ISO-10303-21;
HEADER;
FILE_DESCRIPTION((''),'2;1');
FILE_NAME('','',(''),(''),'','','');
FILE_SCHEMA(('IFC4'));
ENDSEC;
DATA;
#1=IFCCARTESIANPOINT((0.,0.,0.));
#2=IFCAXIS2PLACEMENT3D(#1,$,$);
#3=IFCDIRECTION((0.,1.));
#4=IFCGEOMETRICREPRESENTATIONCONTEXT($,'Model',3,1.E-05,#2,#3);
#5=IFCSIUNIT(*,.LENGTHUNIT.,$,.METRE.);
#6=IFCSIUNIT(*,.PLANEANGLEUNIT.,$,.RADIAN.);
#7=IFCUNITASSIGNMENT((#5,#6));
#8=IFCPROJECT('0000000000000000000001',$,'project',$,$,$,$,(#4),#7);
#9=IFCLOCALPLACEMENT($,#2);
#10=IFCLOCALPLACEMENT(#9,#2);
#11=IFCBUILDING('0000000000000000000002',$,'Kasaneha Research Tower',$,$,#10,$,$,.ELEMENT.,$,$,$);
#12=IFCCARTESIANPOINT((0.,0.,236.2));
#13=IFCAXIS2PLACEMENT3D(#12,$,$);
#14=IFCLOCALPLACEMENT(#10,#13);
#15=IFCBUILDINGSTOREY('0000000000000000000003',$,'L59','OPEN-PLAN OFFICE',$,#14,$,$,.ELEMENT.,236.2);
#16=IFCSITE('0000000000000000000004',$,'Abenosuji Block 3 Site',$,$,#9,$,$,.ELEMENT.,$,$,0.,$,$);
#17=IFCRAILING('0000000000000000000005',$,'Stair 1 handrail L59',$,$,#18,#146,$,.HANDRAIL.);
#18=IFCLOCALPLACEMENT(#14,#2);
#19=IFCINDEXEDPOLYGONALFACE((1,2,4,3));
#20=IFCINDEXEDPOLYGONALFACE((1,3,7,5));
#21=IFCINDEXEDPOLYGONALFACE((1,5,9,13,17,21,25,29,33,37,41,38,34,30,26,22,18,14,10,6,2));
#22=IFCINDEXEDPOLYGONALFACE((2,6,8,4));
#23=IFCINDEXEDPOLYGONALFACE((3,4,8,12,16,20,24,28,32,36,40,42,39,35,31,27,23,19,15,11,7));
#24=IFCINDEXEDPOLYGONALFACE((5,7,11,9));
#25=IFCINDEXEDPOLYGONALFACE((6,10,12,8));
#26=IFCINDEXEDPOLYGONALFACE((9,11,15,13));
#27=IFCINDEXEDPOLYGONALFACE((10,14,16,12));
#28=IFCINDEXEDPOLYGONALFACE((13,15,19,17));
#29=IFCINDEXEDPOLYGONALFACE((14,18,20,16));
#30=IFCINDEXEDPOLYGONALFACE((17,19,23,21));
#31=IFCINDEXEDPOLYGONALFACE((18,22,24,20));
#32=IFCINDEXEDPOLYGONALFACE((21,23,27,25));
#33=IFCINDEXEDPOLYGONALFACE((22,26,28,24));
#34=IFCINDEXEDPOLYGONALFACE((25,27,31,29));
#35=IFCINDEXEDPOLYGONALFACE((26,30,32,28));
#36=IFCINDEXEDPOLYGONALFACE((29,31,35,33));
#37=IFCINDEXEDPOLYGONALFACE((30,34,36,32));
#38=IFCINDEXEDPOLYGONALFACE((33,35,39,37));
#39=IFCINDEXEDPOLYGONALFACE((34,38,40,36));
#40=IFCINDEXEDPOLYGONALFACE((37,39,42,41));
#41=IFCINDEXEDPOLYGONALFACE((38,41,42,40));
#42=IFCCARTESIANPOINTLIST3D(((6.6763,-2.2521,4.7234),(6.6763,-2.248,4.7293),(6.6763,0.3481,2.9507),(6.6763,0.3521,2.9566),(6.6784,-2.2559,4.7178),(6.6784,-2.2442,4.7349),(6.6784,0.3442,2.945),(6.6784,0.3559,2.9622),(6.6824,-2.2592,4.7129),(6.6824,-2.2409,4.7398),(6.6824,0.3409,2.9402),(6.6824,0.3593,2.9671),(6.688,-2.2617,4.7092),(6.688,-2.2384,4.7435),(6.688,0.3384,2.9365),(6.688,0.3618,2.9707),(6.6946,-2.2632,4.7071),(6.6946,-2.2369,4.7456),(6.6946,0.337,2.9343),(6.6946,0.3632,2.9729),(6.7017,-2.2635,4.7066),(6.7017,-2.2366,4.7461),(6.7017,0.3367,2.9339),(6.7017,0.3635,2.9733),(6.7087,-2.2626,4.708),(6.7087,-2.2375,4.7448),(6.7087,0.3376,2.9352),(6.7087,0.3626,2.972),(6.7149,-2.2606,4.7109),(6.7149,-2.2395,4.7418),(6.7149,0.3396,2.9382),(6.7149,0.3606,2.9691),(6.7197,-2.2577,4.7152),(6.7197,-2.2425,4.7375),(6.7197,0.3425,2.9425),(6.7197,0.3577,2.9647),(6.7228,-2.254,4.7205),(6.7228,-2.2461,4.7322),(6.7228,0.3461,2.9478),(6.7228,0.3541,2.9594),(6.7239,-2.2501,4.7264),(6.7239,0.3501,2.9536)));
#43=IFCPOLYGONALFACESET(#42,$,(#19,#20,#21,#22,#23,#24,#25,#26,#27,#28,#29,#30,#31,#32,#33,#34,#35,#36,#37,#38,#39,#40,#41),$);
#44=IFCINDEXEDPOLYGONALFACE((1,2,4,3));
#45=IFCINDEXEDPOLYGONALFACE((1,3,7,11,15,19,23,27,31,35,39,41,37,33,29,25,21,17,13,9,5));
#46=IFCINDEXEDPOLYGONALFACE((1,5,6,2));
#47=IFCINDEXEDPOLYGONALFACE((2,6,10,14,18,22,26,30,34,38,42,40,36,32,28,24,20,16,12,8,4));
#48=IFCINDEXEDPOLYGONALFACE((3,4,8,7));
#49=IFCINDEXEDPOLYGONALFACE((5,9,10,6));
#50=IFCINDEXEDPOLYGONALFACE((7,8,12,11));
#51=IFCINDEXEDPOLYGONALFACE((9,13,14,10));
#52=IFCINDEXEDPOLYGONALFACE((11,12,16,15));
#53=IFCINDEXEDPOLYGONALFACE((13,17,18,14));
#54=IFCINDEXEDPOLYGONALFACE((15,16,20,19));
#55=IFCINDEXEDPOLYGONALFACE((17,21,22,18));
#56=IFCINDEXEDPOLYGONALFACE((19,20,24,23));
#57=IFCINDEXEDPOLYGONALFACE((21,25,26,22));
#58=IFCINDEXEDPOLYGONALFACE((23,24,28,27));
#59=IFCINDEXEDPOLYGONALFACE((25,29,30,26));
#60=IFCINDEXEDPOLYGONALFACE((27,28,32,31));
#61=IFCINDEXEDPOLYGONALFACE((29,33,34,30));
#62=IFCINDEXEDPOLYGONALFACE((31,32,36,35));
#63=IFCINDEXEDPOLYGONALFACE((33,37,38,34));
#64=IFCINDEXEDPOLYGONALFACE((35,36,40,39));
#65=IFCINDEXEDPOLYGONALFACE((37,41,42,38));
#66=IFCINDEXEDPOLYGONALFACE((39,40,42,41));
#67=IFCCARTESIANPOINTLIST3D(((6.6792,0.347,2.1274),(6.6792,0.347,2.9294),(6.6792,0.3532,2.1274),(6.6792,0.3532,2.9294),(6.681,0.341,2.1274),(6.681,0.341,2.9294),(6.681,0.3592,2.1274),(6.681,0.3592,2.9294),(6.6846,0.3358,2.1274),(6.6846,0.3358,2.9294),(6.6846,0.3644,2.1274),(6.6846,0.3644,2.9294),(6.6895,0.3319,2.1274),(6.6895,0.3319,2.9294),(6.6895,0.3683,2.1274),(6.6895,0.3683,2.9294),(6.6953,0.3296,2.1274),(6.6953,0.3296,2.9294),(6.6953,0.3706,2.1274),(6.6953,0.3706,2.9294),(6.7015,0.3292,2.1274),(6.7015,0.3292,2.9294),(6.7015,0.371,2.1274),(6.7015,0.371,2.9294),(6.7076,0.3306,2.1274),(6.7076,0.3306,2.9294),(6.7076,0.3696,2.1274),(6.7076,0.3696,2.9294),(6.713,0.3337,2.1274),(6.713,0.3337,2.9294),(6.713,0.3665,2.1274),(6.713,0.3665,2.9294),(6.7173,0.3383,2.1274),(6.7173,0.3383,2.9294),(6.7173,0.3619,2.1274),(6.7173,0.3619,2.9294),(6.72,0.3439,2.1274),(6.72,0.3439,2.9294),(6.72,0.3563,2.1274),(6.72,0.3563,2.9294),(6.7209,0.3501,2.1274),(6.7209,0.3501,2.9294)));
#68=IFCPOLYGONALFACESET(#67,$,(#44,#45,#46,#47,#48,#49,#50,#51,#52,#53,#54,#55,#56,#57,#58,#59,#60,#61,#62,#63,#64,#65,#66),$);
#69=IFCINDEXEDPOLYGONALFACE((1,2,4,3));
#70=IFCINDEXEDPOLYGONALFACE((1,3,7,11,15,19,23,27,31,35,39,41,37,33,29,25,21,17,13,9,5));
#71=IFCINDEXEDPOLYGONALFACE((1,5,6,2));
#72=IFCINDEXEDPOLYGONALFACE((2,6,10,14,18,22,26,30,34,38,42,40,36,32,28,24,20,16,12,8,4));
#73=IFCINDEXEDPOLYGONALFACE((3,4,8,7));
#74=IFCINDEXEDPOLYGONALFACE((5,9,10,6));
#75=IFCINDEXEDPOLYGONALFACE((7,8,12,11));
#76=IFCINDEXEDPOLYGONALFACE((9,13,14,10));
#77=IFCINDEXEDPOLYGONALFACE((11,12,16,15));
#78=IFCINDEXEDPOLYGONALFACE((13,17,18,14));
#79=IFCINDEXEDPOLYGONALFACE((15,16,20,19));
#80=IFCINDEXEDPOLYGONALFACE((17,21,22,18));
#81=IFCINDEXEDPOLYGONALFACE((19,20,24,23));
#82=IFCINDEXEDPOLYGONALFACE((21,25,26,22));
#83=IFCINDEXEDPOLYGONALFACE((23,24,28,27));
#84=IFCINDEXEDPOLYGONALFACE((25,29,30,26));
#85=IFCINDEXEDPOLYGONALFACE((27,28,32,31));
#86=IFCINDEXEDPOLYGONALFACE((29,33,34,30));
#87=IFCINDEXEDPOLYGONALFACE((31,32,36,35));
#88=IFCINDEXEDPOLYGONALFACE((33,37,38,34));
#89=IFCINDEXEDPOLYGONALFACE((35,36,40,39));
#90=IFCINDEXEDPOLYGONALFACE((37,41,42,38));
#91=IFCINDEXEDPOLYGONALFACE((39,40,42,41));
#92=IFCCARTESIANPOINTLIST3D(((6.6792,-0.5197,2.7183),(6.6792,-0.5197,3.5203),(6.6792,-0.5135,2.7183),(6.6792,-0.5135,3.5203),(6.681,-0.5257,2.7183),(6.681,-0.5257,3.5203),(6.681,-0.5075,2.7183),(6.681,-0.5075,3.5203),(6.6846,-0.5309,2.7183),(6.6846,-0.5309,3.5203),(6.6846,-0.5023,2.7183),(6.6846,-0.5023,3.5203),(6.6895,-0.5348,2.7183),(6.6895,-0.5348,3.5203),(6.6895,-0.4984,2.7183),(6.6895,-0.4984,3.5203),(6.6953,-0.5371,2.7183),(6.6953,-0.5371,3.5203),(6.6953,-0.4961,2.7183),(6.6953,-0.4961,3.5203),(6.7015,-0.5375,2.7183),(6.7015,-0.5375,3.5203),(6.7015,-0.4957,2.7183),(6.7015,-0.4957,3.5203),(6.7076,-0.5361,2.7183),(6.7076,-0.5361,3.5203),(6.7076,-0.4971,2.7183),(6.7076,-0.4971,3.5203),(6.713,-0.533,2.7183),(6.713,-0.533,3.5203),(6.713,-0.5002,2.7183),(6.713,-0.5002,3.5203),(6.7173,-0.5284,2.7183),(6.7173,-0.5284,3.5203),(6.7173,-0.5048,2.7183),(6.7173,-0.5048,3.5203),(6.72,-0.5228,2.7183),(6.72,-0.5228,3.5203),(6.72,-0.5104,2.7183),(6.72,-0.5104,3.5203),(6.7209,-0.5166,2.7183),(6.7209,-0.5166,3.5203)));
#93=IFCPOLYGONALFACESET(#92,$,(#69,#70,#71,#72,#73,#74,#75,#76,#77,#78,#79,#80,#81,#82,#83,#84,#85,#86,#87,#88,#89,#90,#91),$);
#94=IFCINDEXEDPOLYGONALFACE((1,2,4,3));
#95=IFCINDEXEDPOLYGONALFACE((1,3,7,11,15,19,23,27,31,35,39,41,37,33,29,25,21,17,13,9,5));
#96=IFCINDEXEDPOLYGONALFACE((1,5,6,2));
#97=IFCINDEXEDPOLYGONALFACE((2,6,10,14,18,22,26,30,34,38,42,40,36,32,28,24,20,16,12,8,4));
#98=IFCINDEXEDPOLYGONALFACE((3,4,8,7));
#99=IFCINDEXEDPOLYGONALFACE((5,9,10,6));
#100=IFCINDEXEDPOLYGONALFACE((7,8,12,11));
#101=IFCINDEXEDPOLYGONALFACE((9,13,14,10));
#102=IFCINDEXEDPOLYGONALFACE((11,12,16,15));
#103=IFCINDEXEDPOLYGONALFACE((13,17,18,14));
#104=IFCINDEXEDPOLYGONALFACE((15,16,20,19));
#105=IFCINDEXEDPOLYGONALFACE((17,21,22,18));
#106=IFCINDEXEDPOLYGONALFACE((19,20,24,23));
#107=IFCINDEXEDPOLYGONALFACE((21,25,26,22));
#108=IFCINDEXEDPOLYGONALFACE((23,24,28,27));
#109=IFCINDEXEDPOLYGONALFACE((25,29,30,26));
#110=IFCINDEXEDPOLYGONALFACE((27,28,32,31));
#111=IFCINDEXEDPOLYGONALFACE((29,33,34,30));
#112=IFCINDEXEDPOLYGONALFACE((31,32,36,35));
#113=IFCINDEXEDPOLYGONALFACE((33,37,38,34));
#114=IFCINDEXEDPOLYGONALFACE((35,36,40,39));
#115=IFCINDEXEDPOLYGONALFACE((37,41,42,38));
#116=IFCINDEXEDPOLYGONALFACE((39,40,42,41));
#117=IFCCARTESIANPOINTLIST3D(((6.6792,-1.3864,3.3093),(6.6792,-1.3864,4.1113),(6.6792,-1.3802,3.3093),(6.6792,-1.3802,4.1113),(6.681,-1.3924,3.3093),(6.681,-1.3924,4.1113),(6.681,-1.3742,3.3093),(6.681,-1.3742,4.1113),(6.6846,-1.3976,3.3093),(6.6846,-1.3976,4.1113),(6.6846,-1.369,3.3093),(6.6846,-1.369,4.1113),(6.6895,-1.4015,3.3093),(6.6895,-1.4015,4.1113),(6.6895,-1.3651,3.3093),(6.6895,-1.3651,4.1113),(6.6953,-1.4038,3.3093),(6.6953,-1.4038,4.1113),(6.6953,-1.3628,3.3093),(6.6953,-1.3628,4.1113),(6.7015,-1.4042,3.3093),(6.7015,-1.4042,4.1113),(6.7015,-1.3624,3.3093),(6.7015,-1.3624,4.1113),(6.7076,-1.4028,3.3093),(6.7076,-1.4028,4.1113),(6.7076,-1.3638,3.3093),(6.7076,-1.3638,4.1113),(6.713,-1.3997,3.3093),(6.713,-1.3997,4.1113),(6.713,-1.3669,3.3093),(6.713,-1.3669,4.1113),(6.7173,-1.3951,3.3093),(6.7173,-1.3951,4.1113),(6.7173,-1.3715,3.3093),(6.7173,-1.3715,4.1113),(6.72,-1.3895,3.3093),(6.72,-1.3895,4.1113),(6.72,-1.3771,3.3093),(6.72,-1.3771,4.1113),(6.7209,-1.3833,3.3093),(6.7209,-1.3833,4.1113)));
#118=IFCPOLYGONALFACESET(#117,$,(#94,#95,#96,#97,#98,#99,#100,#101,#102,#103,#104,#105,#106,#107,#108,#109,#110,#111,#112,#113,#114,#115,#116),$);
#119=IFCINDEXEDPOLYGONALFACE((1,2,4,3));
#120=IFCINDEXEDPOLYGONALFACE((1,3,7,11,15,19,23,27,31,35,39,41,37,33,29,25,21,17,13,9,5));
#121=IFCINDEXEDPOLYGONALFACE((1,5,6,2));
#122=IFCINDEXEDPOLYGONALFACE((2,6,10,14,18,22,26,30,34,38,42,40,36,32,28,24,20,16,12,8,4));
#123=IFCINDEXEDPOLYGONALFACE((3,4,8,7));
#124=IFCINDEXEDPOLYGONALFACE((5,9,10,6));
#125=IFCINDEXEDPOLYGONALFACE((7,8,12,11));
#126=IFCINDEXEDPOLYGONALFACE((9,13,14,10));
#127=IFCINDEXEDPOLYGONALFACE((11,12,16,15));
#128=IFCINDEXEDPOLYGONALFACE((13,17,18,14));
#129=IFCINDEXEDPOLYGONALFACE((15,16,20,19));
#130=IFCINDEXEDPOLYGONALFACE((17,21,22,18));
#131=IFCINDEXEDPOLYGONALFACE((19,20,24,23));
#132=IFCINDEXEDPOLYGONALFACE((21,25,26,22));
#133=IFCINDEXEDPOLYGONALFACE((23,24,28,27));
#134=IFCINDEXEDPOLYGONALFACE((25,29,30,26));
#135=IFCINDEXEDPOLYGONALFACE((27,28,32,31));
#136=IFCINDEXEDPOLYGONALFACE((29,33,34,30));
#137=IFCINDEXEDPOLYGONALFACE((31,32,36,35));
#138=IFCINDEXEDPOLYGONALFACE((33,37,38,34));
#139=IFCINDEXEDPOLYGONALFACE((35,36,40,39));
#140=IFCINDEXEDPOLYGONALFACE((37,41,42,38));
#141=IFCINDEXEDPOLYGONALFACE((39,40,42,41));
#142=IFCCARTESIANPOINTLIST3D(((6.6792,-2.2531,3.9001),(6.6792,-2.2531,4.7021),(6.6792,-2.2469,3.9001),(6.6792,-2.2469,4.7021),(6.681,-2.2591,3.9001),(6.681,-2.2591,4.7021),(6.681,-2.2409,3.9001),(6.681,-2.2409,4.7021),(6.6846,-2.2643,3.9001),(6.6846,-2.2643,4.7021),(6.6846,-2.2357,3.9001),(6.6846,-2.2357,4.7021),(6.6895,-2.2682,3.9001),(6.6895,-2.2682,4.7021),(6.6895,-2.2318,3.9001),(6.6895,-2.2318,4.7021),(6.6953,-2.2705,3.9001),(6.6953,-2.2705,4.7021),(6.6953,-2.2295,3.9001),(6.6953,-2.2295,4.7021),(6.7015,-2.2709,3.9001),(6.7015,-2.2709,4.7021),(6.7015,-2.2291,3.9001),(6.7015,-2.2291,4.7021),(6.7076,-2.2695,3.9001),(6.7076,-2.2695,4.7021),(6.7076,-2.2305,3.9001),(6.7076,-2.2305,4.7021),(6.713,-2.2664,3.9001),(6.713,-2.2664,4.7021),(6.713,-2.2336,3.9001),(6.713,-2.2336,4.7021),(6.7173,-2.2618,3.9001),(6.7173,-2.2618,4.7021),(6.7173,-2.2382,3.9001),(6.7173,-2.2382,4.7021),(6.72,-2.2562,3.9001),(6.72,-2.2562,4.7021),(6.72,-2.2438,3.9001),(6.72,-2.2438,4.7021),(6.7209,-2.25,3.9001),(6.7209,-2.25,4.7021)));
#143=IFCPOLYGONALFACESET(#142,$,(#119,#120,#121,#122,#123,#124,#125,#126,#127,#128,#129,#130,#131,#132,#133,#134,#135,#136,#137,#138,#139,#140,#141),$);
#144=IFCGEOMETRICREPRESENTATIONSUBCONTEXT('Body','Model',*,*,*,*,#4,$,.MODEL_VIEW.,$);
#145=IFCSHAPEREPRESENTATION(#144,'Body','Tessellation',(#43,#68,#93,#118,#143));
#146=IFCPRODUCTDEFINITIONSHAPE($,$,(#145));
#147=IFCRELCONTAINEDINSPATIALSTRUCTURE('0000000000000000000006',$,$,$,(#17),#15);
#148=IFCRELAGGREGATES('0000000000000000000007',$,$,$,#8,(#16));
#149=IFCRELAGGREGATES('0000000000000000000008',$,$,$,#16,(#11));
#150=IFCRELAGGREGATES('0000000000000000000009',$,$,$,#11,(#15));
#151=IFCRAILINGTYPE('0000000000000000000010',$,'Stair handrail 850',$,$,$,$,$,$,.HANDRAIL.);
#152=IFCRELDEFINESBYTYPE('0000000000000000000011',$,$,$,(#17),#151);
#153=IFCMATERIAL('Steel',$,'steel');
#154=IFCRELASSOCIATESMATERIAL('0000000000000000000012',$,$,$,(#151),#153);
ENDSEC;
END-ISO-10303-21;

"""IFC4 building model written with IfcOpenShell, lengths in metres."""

from ifc_helpers import new_model, si_unit, direction, frame, origin, origin_2d, place, context, subcontext, project, spatial, circle, extrude, material, type_object, element, save


model = new_model("IFC4")

# Units and contexts
model_context = context("Model", 3, precision=1e-05, world=origin(), true_north=direction((0.0, 1.0)))
body_context = subcontext(model_context, "Body", "Model", "MODEL_VIEW")
ifc_project = project(units=[si_unit("LENGTHUNIT", "METRE"), si_unit("PLANEANGLEUNIT", "RADIAN")], contexts=[model_context])

# Site, building, storey
site_placement = place(None, origin())
site = spatial("IfcSite", under=ifc_project, at=site_placement, Name="Abenosuji Block 3 Site", CompositionType="ELEMENT", RefElevation=0.0)
building_placement = place(site_placement, origin())
building = spatial("IfcBuilding", under=site, at=building_placement, Name="Kasaneha Research Tower", CompositionType="ELEMENT")
storey_placement = place(building_placement, frame((0.0, 0.0, 236.2)))
storey = spatial("IfcBuildingStorey", under=building, at=storey_placement, Name="L59", Description="OPEN-PLAN OFFICE", CompositionType="ELEMENT", Elevation=236.2)

# Railing
ifc_material_1 = material(Name="Steel", Category="steel")
railing_type_1 = type_object("IfcRailingType", Name="Stair handrail 850", PredefinedType="HANDRAIL", material=ifc_material_1)
railing_1_placement = place(storey_placement, frame((6.7, 0.3501, 2.1274)))
element("IfcRailing", 1, at=railing_1_placement, inside=storey, type_object=railing_type_1, Name="Stair 1 handrail L59", PredefinedType="HANDRAIL", context=body_context, shape_type="SweptSolid", body=[
    extrude(circle(Radius=0.0239, at=origin_2d()), frame((0.0, 0.0, 0.8262), z_axis=(0.0, -0.82624, 0.563318), x_axis=(1.0, 0.0, 0.0)), (0.0, 0.0, 1.0), 3.147),
    extrude(circle(Radius=0.021, at=origin_2d()), origin(), (0.0, 0.0, 1.0), 0.802),
    extrude(circle(Radius=0.021, at=origin_2d()), frame((0.0, -0.8667, 0.5908)), (0.0, 0.0, 1.0), 0.802),
    extrude(circle(Radius=0.021, at=origin_2d()), frame((0.0, -1.7334, 1.1819)), (0.0, 0.0, 1.0), 0.802),
    extrude(circle(Radius=0.021, at=origin_2d()), frame((0.0, -2.6001, 1.7727)), (0.0, 0.0, 1.0), 0.802),
])

save(model, "model.ifc")
